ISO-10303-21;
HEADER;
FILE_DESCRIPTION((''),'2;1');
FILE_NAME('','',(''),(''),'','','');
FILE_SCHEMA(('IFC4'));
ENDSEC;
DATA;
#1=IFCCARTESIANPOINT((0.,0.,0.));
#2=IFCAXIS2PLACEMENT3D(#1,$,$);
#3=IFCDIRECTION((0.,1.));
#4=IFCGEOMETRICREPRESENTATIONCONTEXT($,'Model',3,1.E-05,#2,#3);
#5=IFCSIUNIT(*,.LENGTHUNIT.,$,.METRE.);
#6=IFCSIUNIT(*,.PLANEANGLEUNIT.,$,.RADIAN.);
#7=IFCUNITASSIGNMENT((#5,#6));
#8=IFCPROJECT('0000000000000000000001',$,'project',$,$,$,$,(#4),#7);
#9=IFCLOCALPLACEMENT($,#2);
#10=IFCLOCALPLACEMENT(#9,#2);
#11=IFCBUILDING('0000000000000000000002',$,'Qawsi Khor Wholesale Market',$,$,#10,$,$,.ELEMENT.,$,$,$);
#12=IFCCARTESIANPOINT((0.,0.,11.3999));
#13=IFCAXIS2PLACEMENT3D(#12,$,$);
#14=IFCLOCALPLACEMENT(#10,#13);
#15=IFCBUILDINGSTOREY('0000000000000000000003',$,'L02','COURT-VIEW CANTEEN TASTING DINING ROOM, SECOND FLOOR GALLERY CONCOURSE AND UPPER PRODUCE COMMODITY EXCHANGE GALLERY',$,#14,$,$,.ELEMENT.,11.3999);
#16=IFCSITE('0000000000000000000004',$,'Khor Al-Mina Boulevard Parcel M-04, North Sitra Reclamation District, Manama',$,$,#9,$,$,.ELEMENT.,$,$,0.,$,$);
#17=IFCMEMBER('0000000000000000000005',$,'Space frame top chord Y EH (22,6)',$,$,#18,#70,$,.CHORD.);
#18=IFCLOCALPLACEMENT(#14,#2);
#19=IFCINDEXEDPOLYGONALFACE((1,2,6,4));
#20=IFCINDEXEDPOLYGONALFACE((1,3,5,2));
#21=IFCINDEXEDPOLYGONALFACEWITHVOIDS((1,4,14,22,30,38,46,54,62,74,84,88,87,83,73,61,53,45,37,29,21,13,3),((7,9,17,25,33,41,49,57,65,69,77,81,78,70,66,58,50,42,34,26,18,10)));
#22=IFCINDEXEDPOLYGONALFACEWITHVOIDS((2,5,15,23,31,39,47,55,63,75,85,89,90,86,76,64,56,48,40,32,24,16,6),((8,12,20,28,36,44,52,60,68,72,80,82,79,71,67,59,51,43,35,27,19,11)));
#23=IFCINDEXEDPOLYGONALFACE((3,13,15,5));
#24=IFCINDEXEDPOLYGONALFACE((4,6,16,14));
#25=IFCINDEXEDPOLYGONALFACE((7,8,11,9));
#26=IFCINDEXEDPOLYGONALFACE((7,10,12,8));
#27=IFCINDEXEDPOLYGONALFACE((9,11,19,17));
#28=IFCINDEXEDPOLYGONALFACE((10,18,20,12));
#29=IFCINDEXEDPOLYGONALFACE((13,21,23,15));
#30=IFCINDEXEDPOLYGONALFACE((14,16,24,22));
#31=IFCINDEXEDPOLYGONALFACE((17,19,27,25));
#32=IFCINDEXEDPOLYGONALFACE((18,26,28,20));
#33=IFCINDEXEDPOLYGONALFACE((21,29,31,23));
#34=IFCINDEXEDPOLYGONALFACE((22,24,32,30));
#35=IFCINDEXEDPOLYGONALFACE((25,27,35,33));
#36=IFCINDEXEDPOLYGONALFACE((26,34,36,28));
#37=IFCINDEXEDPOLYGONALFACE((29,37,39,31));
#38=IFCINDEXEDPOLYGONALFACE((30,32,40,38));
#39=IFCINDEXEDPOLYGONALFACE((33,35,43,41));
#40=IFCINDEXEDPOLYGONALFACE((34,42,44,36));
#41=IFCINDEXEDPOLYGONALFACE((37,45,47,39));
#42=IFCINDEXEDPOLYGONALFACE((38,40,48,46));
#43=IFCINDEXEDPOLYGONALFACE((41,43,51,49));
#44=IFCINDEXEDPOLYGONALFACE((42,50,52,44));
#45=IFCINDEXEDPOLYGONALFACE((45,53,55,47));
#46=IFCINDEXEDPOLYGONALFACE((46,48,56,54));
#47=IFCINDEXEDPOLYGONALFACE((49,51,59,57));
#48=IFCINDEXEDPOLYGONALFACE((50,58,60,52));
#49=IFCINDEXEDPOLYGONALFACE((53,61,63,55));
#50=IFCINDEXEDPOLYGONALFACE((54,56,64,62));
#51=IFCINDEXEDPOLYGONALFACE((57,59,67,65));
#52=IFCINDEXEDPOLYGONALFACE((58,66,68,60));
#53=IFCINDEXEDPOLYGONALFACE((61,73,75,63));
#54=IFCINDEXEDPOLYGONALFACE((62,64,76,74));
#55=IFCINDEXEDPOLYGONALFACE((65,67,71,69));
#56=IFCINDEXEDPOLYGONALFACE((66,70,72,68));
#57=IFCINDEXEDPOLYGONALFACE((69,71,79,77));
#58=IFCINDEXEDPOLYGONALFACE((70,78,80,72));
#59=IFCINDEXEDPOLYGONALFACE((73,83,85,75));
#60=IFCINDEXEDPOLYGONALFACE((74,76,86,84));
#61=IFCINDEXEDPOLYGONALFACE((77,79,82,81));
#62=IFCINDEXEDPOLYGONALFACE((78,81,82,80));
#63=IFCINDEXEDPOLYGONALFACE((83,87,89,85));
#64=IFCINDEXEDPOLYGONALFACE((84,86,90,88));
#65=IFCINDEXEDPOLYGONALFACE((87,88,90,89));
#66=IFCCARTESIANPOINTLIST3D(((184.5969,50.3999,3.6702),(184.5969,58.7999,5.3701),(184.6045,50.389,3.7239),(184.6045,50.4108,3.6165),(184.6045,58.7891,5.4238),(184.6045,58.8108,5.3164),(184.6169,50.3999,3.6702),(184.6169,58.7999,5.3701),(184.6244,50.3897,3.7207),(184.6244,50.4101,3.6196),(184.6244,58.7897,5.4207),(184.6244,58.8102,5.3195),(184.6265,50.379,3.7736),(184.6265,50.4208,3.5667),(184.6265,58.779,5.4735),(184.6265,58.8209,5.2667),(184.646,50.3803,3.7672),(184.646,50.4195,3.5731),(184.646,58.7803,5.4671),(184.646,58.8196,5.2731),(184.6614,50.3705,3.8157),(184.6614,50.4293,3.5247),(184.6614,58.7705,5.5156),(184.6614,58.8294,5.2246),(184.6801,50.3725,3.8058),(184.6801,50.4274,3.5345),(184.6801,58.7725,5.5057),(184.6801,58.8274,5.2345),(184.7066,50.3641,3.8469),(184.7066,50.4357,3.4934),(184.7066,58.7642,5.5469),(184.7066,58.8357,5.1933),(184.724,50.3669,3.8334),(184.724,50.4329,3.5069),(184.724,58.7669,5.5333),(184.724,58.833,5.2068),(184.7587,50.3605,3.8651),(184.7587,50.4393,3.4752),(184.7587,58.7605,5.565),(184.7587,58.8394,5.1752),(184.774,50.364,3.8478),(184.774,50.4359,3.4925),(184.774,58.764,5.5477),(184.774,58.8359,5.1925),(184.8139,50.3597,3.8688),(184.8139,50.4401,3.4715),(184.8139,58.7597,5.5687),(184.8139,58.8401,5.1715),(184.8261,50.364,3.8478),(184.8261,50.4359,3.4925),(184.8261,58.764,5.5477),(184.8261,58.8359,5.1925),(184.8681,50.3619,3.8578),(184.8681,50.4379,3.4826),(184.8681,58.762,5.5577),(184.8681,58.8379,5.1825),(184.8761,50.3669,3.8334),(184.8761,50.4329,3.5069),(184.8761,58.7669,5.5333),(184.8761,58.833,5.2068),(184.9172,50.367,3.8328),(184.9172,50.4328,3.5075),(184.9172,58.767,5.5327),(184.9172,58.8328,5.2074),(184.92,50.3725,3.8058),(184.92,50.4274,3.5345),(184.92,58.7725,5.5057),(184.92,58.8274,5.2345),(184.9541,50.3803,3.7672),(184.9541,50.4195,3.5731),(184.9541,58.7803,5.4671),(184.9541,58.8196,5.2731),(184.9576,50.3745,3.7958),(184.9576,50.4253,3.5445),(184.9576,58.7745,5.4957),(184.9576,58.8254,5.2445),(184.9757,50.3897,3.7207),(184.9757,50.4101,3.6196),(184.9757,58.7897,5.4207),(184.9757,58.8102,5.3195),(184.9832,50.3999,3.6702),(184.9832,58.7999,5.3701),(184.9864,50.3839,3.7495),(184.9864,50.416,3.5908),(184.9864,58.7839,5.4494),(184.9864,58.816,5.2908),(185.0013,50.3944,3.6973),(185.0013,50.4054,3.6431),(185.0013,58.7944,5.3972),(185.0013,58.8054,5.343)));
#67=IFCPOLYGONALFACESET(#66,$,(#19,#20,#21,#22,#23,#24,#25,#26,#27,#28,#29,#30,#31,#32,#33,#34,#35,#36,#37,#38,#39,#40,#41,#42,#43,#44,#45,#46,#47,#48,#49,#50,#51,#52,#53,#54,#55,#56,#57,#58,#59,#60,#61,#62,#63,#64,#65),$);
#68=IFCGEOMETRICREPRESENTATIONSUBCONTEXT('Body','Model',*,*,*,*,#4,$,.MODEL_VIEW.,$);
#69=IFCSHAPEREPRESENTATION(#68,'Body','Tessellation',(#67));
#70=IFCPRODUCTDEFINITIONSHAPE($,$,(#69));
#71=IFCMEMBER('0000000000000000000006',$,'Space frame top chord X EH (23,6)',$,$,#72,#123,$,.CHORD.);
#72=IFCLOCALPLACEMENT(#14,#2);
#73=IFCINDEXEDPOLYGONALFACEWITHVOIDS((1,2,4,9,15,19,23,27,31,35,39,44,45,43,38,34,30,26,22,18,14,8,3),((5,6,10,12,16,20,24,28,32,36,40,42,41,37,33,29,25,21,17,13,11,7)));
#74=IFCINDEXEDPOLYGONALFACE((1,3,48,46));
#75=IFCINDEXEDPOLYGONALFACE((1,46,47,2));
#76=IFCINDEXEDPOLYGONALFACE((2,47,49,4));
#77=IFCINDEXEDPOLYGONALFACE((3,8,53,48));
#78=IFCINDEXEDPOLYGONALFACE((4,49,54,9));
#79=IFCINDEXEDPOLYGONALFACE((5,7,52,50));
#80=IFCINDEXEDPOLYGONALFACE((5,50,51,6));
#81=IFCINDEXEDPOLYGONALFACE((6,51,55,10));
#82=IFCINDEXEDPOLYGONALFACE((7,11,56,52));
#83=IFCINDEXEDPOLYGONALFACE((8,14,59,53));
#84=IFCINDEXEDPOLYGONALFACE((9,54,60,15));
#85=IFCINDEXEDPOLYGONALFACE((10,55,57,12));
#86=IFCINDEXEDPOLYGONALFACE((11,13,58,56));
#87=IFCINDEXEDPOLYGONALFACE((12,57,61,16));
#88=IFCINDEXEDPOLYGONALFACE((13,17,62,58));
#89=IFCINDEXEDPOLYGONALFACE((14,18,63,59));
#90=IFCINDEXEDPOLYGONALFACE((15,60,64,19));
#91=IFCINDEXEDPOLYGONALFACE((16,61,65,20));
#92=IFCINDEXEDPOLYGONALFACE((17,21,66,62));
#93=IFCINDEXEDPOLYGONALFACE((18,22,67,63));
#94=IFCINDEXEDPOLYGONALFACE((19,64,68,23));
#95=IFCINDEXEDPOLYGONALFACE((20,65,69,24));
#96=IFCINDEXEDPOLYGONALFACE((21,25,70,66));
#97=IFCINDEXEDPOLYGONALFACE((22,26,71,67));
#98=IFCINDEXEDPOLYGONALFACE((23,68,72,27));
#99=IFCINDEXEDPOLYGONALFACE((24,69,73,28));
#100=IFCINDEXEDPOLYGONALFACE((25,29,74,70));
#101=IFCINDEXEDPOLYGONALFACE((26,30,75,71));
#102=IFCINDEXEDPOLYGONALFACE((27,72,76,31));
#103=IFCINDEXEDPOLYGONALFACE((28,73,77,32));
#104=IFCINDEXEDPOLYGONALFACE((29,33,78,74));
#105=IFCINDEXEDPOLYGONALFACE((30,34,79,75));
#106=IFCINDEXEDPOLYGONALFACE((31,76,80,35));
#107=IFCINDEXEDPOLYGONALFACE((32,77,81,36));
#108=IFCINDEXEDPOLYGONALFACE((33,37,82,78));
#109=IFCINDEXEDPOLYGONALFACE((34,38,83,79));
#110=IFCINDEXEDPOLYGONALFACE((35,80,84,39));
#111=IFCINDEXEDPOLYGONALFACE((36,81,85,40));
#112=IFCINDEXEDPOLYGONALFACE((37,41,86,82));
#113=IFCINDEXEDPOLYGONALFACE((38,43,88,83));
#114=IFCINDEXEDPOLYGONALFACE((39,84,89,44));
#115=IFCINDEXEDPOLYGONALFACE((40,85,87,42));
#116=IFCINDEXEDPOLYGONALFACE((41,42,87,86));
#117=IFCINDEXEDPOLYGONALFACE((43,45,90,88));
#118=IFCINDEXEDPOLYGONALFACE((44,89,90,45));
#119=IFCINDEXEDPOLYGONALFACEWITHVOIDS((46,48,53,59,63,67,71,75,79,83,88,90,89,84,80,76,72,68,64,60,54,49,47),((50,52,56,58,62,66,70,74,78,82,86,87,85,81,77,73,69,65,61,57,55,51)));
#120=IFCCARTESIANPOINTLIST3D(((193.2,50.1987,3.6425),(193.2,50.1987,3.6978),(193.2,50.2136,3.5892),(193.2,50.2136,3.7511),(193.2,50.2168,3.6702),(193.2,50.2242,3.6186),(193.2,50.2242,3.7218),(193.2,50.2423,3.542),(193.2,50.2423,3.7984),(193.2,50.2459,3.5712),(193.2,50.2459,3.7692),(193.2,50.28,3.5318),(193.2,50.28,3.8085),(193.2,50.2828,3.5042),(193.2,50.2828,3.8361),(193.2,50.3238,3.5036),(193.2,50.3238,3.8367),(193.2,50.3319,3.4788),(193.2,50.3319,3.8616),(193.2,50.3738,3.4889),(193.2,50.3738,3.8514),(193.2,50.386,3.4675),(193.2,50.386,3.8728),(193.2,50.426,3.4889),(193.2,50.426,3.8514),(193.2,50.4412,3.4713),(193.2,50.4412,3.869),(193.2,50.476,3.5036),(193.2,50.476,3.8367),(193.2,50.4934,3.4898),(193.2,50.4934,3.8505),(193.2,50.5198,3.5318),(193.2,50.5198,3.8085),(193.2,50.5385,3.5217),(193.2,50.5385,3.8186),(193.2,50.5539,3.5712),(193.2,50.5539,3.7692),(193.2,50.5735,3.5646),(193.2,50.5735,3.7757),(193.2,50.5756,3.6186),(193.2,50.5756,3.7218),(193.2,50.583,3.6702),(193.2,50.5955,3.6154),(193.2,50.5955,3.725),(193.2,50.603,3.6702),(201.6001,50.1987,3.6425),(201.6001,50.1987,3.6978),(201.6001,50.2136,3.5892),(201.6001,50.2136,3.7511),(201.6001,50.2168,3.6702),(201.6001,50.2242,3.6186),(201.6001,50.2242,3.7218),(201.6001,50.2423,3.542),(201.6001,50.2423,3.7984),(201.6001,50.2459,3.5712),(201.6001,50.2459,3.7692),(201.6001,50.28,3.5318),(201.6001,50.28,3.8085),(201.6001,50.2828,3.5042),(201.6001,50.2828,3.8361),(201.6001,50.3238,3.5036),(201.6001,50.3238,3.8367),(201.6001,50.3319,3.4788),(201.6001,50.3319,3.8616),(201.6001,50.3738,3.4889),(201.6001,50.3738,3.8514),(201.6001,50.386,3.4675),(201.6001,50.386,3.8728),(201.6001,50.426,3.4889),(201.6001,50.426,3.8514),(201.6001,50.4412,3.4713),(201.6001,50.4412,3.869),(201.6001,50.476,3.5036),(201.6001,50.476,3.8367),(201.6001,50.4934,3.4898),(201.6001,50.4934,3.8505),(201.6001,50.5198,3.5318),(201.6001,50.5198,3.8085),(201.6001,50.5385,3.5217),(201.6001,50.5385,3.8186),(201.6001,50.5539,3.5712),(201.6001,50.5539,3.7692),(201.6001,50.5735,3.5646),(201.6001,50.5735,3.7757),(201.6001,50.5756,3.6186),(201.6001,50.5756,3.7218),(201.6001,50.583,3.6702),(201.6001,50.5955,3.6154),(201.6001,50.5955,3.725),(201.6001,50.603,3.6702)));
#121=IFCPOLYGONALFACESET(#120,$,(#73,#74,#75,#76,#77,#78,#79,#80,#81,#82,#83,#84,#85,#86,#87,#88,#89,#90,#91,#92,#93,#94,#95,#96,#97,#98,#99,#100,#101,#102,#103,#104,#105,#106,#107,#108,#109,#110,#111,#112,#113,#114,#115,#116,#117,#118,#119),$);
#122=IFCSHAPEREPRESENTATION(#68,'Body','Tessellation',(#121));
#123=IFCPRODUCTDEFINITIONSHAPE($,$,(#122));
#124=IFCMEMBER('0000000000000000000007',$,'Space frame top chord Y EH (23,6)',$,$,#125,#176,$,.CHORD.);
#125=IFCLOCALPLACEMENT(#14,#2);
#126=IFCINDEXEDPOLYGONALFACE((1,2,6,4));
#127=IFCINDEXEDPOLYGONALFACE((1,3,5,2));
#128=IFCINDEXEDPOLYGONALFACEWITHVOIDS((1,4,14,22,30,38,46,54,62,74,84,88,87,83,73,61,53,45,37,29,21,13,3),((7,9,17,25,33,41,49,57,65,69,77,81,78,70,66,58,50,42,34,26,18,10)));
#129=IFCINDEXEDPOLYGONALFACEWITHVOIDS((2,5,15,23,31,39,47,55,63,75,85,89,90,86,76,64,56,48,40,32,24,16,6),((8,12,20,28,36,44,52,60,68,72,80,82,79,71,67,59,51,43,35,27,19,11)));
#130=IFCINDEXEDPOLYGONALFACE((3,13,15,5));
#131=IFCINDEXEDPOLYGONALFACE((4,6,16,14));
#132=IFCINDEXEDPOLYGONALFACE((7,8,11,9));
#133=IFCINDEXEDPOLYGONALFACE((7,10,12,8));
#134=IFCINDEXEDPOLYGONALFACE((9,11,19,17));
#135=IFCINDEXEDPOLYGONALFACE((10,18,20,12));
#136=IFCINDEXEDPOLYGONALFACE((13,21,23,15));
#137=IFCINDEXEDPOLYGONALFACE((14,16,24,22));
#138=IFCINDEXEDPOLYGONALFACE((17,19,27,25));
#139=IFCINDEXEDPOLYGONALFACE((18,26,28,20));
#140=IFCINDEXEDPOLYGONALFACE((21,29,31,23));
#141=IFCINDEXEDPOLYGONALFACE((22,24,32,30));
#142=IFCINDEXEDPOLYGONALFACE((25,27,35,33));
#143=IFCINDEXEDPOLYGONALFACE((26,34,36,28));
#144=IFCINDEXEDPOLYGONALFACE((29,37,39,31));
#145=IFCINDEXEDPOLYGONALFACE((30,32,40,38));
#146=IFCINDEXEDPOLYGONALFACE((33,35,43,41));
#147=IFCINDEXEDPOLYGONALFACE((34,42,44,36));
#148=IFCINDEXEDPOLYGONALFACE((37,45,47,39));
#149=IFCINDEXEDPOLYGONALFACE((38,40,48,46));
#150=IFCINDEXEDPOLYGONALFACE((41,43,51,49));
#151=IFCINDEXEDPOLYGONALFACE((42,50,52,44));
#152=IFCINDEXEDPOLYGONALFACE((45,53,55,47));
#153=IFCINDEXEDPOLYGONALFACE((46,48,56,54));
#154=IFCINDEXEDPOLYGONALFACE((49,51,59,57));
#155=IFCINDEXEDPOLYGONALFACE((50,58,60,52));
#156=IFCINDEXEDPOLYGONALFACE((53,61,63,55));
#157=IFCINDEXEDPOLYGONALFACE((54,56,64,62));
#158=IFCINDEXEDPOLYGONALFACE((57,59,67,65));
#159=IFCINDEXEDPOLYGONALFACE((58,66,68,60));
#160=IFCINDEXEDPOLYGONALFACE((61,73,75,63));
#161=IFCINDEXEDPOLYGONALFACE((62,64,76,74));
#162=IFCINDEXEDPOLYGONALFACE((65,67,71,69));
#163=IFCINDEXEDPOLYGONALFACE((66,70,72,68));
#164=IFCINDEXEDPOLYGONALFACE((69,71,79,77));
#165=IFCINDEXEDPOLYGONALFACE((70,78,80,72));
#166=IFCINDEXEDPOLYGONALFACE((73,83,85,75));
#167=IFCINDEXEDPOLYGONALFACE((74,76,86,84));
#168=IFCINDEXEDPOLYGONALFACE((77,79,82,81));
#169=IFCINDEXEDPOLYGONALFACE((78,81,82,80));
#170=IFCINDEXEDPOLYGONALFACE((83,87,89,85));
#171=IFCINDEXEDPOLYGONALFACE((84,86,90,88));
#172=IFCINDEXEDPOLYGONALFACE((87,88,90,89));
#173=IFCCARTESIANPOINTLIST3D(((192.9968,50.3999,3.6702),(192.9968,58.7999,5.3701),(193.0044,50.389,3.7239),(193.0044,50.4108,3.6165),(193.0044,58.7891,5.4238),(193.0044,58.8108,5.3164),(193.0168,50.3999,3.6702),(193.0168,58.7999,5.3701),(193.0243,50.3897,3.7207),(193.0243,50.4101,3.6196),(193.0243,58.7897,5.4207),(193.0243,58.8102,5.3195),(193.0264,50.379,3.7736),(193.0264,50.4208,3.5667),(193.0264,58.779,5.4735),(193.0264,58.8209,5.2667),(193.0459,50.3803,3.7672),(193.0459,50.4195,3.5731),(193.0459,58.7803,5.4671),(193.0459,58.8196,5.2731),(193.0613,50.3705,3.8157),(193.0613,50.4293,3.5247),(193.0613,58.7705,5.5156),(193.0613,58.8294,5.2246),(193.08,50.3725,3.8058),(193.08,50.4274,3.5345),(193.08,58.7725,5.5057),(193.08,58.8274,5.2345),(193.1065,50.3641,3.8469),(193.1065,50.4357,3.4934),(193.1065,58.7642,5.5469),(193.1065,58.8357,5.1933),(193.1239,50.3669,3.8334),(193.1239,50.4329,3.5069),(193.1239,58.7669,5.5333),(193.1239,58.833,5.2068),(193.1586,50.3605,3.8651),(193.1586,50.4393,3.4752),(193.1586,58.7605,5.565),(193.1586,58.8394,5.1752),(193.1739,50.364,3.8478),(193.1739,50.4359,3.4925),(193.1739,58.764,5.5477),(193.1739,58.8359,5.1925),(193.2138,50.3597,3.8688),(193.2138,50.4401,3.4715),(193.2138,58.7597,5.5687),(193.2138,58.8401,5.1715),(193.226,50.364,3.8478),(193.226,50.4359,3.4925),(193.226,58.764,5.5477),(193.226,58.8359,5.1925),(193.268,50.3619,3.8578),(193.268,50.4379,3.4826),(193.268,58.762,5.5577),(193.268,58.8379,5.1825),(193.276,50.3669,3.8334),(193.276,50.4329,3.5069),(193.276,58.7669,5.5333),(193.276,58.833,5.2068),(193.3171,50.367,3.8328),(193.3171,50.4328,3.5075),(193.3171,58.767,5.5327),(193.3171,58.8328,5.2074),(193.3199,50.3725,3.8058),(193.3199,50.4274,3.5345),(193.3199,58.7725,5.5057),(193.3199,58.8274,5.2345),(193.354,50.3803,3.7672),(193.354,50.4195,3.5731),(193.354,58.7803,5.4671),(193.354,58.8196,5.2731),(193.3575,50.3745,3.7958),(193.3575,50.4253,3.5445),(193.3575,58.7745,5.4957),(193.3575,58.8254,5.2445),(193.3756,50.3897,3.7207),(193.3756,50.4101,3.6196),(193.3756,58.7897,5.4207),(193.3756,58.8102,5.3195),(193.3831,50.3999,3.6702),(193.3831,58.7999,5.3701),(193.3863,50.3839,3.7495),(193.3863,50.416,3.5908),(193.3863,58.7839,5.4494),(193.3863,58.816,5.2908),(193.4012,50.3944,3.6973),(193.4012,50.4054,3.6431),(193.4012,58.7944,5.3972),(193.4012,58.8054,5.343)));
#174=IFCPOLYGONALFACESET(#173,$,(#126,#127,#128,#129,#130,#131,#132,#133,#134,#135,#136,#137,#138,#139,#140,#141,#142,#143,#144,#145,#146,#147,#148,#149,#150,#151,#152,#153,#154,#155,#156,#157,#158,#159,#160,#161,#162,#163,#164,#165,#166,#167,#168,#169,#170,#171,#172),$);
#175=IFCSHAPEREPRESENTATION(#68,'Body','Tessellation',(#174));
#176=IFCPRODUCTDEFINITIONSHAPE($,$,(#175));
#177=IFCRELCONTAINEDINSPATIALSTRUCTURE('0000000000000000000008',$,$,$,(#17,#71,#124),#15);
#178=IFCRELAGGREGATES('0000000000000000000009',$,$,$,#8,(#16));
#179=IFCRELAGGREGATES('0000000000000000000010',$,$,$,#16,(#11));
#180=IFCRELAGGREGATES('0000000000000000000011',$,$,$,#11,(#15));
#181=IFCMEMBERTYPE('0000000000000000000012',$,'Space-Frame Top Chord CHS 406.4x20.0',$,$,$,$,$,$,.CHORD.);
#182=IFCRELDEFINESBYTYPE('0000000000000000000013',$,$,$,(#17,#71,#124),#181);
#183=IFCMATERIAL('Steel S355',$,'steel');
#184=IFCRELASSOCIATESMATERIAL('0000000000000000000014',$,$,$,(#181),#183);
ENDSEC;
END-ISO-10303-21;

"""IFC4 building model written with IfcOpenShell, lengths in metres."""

from ifc_helpers import new_model, si_unit, direction, frame, origin, origin_2d, place, context, subcontext, project, spatial, hollow_circle, extrude, material, material_profile, profile_set, type_object, element, save


model = new_model("IFC4")

# Units and contexts
model_context = context("Model", 3, precision=1e-05, world=origin(), true_north=direction((0.0, 1.0)))
body_context = subcontext(model_context, "Body", "Model", "MODEL_VIEW")
ifc_project = project(units=[si_unit("LENGTHUNIT", "METRE"), si_unit("PLANEANGLEUNIT", "RADIAN")], contexts=[model_context])

# Site, building, storey
site_placement = place(None, origin())
site = spatial("IfcSite", under=ifc_project, at=site_placement, Name="Khor Al-Mina Boulevard Parcel M-04, North Sitra Reclamation District, Manama", CompositionType="ELEMENT", RefElevation=0.0)
building_placement = place(site_placement, origin())
building = spatial("IfcBuilding", under=site, at=building_placement, Name="Qawsi Khor Wholesale Market", CompositionType="ELEMENT")
storey_placement = place(building_placement, frame((0.0, 0.0, 11.3999)))
storey = spatial("IfcBuildingStorey", under=building, at=storey_placement, Name="L02", Description="COURT-VIEW CANTEEN TASTING DINING ROOM, SECOND FLOOR GALLERY CONCOURSE AND UPPER PRODUCE COMMODITY EXCHANGE GALLERY", CompositionType="ELEMENT", Elevation=11.3999)

# Members
ifc_material_1 = material(Name="Steel S355", Category="steel")
ifc_material_profile_1 = material_profile(ifc_material_1, hollow_circle(Radius=0.2031, WallThickness=0.02, at=origin_2d()), Name="CHS 406.4x20.0")
ifc_profile_set_1 = profile_set([ifc_material_profile_1], Name="Steel S355")
member_type_1 = type_object("IfcMemberType", Name="Space-Frame Top Chord CHS 406.4x20.0", PredefinedType="CHORD", material=ifc_profile_set_1)
member_1_placement = place(storey_placement, frame((184.8, 50.3999, 3.6702), z_axis=(0.0, 0.980131, 0.198351), x_axis=(-1.0, 0.0, 0.0)))
element("IfcMember", 1, at=member_1_placement, inside=storey, type_object=member_type_1, Name="Space frame top chord Y EH (22,6)", PredefinedType="CHORD", context=body_context, shape_type="SweptSolid", body=[
    extrude(hollow_circle(Radius=0.2031, WallThickness=0.02, at=origin_2d()), origin(), (0.0, 0.0, 1.0), 8.5703),
])
member_2_placement = place(storey_placement, frame((193.2, 50.3999, 3.6702), z_axis=(1.0, 0.0, 0.0), x_axis=(0.0, 1.0, 0.0)))
element("IfcMember", 2, at=member_2_placement, inside=storey, type_object=member_type_1, Name="Space frame top chord X EH (23,6)", PredefinedType="CHORD", context=body_context, shape_type="SweptSolid", body=[
    extrude(hollow_circle(Radius=0.2031, WallThickness=0.02, at=origin_2d()), origin(), (0.0, 0.0, 1.0), 8.4001),
])
member_3_placement = place(storey_placement, frame((193.2, 50.3999, 3.6702), z_axis=(0.0, 0.980131, 0.198351), x_axis=(-1.0, 0.0, 0.0)))
element("IfcMember", 3, at=member_3_placement, inside=storey, type_object=member_type_1, Name="Space frame top chord Y EH (23,6)", PredefinedType="CHORD", context=body_context, shape_type="SweptSolid", body=[
    extrude(hollow_circle(Radius=0.2031, WallThickness=0.02, at=origin_2d()), origin(), (0.0, 0.0, 1.0), 8.5703),
])

save(model, "model.ifc")
